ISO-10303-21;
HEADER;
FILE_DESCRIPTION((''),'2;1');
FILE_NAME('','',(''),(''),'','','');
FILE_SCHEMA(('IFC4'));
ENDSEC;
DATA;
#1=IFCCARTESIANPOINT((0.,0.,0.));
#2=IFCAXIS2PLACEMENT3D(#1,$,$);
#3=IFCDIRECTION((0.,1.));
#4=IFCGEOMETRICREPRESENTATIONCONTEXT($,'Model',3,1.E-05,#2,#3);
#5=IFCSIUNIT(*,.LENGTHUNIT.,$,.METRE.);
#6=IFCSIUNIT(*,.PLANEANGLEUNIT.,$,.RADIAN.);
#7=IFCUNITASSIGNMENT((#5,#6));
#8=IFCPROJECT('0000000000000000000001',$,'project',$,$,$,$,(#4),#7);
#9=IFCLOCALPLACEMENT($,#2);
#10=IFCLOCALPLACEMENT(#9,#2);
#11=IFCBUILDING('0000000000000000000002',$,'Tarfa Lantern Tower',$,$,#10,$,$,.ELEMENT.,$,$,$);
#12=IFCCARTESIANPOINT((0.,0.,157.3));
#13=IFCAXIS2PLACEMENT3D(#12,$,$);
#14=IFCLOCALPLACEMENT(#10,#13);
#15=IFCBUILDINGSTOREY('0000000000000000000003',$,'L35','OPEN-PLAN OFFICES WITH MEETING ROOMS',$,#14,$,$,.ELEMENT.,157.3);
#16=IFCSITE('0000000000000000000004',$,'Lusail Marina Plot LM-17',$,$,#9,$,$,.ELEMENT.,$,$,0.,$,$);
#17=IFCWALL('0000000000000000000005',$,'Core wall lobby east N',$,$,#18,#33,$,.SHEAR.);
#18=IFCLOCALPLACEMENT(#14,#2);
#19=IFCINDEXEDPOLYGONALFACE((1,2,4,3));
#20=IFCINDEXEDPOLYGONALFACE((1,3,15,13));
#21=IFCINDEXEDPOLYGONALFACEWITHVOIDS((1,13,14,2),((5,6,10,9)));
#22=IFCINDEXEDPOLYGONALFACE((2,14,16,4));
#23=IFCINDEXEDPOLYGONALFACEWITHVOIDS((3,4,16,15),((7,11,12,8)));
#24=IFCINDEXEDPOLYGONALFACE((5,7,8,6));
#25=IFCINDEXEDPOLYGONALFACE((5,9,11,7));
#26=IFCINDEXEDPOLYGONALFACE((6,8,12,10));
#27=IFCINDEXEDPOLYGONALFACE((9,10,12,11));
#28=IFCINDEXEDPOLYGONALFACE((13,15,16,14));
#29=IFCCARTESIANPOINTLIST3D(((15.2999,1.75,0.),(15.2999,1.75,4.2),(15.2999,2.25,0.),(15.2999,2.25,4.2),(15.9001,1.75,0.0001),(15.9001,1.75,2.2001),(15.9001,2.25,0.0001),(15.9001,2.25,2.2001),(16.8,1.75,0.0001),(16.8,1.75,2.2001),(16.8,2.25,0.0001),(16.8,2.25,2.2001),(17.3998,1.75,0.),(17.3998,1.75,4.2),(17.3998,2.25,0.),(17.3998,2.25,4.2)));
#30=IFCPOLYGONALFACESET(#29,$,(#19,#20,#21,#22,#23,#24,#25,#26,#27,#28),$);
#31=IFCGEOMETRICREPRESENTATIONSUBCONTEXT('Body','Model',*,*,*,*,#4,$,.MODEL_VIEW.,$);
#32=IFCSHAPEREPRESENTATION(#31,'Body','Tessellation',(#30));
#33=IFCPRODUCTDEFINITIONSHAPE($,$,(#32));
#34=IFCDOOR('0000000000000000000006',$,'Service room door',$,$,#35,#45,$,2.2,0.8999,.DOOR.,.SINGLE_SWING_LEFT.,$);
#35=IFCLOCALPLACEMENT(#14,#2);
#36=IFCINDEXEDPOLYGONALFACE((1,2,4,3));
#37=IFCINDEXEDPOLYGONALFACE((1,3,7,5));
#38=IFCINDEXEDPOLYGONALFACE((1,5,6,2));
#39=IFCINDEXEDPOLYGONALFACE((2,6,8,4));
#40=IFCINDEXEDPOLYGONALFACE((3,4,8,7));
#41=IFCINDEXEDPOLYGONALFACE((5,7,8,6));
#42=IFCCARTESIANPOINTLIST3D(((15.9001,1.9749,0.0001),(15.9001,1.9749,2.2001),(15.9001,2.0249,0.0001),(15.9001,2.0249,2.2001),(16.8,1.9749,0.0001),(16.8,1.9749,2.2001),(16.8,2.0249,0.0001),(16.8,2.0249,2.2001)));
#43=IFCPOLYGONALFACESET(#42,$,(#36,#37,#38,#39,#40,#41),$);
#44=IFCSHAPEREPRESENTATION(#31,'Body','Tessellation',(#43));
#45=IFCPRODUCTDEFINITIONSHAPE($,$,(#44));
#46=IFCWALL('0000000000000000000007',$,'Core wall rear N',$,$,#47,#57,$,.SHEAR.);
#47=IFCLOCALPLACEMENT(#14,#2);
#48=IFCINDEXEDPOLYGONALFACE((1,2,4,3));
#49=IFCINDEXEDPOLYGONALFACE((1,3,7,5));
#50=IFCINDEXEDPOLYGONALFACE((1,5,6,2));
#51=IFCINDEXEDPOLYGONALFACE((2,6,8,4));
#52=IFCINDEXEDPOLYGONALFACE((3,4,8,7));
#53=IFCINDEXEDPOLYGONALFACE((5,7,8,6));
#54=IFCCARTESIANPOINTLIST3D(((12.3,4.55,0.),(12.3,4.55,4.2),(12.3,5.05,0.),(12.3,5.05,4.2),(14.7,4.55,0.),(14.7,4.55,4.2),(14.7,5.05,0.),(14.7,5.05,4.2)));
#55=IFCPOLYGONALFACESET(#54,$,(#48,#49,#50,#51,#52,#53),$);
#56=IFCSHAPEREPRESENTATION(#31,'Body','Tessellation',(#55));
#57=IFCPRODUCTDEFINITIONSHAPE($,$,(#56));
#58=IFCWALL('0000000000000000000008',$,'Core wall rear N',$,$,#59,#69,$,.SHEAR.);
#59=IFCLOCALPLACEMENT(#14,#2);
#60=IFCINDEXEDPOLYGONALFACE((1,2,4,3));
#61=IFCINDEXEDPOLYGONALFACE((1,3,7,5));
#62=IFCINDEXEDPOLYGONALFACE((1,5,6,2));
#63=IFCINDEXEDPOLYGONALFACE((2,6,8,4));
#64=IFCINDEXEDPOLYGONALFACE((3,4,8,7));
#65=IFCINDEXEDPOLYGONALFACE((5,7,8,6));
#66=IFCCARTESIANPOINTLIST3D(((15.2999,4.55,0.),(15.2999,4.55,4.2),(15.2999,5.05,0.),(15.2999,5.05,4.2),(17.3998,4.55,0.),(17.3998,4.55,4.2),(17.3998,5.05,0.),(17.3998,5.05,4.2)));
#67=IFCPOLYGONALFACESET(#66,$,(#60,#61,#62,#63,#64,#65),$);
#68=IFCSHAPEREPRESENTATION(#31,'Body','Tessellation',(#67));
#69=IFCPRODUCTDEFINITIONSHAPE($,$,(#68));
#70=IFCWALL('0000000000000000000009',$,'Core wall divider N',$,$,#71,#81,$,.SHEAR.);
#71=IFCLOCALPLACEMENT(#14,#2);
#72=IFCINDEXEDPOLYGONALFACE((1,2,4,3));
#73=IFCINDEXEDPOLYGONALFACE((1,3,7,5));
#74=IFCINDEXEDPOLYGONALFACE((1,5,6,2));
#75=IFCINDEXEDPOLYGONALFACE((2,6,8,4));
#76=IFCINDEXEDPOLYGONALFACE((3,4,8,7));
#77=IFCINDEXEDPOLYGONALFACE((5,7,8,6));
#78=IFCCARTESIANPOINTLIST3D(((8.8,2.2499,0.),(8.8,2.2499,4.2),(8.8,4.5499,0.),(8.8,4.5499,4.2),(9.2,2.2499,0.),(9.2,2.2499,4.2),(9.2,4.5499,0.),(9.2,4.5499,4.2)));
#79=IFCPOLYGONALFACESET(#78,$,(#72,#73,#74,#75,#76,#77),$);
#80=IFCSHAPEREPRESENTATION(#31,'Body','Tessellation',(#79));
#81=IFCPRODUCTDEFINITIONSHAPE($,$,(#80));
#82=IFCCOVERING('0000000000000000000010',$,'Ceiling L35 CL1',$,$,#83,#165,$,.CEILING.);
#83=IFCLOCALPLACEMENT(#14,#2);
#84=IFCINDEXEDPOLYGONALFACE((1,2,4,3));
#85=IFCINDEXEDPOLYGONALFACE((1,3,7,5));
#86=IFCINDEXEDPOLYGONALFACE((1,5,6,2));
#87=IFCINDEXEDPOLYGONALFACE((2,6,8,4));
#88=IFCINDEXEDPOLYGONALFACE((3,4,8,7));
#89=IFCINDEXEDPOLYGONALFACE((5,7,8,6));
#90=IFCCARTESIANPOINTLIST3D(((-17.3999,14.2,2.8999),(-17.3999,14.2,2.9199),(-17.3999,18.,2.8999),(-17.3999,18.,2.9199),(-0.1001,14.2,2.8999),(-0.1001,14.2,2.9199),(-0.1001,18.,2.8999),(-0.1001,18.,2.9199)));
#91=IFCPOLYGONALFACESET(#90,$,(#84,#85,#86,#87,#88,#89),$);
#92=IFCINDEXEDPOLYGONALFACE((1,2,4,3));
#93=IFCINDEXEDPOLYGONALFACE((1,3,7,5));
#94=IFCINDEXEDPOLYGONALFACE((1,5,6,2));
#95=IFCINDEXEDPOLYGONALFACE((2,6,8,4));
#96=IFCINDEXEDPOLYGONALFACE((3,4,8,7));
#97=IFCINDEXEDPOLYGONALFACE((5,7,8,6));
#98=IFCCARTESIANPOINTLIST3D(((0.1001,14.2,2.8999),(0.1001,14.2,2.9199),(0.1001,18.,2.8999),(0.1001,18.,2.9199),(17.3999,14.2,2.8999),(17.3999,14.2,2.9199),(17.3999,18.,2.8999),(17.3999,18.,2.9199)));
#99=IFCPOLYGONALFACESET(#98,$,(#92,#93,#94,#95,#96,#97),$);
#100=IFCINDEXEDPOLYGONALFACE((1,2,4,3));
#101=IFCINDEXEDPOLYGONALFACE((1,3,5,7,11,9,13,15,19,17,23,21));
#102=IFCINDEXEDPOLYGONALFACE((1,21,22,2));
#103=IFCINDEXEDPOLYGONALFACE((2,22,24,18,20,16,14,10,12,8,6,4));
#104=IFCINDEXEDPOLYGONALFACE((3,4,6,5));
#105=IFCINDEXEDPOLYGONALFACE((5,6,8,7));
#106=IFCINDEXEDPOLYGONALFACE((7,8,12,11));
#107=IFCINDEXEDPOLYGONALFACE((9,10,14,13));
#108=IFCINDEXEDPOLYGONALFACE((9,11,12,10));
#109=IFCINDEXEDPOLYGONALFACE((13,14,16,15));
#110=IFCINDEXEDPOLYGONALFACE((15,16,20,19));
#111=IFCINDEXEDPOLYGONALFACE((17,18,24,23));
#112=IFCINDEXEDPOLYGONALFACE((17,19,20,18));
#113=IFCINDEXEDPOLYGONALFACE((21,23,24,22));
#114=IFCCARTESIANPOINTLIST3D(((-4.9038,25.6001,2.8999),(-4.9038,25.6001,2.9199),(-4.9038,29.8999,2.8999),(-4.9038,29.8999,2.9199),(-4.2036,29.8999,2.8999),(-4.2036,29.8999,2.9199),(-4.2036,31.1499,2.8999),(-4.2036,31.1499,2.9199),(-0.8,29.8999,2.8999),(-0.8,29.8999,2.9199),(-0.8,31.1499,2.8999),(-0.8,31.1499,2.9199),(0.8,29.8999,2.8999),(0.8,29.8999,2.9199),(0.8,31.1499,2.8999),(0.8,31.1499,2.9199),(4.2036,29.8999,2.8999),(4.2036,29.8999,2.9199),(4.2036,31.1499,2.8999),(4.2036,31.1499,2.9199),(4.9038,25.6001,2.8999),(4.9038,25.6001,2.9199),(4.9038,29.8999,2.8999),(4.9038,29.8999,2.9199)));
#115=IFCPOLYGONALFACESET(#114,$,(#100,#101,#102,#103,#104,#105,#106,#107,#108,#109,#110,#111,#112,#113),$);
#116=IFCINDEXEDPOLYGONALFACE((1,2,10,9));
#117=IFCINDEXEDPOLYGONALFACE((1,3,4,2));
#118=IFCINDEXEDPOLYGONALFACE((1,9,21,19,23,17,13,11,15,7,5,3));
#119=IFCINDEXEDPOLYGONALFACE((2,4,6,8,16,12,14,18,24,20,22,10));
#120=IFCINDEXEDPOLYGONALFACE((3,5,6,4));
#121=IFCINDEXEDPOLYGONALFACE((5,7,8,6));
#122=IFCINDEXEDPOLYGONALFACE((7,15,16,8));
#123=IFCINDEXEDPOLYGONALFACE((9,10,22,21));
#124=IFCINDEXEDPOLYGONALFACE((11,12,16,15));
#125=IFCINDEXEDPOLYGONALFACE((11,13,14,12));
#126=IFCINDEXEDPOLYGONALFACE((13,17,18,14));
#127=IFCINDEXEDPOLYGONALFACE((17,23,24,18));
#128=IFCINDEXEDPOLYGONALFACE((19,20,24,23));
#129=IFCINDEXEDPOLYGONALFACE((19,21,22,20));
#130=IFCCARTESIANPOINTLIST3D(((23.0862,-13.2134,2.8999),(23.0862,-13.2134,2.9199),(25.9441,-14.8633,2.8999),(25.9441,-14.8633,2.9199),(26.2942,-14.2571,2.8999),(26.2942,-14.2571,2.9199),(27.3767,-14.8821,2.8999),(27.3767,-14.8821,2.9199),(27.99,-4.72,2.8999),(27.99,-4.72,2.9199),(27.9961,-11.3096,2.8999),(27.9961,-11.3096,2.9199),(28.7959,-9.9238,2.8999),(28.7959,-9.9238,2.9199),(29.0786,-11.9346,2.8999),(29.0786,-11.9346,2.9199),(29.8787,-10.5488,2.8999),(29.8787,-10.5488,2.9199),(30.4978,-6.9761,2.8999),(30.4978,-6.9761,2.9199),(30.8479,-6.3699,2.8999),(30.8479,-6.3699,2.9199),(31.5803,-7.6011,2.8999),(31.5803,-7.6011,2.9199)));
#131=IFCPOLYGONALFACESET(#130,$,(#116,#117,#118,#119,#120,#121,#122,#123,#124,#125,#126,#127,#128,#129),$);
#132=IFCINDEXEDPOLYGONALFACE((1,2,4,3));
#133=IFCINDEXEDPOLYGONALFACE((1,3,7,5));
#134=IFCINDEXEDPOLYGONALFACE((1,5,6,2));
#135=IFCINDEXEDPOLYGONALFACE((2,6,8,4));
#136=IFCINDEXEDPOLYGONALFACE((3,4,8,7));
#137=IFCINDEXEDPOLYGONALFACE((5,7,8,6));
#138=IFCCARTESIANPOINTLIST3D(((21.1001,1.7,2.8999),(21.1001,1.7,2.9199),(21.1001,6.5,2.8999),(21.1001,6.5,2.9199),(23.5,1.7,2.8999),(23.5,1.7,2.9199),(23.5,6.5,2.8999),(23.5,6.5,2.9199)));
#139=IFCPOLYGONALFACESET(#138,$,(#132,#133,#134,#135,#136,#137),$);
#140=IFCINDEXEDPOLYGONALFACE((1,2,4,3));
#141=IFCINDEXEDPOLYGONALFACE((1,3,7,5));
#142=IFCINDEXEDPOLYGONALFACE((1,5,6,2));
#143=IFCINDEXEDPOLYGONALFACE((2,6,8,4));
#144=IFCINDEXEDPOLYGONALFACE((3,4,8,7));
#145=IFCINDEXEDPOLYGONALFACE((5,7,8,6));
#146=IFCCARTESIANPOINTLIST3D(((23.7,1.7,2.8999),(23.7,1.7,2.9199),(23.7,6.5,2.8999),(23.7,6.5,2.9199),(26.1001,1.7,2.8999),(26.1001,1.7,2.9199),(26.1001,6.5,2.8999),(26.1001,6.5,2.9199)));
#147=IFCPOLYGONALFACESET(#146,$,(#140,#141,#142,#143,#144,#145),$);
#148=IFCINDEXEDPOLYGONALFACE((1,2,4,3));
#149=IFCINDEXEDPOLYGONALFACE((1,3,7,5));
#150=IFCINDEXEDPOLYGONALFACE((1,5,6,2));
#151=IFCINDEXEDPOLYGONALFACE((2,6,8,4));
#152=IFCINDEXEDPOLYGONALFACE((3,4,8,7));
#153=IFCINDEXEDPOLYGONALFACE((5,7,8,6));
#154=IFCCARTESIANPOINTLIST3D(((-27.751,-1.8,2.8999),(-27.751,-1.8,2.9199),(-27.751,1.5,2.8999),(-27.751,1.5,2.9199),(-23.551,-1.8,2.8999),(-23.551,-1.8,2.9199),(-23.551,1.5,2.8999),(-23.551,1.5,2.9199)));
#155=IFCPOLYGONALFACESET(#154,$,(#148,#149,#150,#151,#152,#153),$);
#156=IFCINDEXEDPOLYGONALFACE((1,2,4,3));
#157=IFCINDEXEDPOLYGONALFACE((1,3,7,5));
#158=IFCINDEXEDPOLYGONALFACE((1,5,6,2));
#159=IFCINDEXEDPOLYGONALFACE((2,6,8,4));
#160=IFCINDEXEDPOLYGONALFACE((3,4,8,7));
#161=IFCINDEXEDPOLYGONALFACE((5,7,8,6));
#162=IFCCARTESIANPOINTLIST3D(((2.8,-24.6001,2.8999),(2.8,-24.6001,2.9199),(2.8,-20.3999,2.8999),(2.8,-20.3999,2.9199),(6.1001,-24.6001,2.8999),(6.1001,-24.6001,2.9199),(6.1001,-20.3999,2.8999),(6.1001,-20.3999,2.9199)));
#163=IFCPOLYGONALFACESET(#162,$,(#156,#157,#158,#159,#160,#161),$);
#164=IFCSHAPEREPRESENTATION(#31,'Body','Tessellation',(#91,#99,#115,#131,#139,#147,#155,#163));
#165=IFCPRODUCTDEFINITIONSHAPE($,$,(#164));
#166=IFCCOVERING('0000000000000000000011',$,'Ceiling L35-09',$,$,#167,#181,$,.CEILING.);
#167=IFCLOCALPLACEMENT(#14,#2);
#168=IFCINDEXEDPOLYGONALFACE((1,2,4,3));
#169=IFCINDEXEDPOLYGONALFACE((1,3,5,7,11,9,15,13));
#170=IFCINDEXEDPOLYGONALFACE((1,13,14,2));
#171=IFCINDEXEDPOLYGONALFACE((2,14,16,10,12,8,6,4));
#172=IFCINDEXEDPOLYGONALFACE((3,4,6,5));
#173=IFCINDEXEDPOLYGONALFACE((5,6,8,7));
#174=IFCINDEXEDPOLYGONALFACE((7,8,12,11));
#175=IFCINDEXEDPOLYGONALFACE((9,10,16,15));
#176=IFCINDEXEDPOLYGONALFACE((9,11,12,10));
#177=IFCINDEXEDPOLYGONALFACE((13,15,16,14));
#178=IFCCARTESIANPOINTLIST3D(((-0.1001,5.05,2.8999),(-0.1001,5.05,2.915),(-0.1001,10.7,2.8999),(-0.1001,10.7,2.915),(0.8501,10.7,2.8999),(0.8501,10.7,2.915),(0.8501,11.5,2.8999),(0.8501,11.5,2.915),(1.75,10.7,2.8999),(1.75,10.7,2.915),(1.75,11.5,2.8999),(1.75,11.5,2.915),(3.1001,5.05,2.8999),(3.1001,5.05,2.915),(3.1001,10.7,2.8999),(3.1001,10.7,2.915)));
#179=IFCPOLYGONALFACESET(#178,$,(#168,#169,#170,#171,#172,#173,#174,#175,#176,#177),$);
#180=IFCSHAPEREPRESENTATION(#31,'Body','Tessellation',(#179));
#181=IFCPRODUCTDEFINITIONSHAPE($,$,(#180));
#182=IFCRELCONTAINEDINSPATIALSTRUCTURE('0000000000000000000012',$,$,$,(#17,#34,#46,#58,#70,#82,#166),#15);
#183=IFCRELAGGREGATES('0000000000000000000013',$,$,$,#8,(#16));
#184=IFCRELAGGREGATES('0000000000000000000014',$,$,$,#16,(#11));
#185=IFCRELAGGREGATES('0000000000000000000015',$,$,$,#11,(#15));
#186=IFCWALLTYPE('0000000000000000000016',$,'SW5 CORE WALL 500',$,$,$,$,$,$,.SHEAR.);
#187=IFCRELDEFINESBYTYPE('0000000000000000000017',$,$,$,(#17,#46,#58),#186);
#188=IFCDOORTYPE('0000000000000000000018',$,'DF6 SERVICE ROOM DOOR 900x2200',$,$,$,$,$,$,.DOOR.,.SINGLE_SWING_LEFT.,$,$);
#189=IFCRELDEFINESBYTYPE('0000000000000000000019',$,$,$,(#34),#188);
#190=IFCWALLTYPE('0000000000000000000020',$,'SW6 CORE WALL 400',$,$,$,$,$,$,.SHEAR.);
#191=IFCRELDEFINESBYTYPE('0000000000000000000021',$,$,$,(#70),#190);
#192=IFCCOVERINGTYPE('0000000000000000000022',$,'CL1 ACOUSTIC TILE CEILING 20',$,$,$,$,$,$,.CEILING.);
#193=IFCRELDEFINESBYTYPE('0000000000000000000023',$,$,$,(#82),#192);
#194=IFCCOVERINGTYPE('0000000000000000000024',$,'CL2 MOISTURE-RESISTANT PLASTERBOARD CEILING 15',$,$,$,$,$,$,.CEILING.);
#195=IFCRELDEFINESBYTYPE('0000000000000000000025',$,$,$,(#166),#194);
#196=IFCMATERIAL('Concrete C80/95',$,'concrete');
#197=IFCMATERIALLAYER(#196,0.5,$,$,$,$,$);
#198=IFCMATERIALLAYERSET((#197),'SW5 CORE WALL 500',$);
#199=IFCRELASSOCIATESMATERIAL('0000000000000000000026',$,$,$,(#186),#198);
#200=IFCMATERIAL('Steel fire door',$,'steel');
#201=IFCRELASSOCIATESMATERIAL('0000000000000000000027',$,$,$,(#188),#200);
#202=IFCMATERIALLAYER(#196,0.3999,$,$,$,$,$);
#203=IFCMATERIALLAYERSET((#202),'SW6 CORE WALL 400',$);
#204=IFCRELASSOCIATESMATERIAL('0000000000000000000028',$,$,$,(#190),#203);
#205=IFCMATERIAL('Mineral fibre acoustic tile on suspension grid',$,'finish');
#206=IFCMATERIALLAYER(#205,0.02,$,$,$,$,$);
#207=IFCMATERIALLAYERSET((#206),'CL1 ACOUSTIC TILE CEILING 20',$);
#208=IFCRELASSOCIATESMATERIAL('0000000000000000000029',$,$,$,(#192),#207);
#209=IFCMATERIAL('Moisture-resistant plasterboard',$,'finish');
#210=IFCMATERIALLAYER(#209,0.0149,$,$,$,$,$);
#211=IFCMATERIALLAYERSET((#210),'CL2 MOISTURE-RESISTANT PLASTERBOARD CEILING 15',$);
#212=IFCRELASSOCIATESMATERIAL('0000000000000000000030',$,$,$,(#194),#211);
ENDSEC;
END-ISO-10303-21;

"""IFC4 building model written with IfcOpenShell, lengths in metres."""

from ifc_helpers import new_model, si_unit, direction, frame, frame_2d, origin, place, context, subcontext, project, spatial, polyline, rectangle, outline, extrude, material, layer, layer_set, type_object, element, fill, save


model = new_model("IFC4")

# Units and contexts
model_context = context("Model", 3, precision=1e-05, world=origin(), true_north=direction((0.0, 1.0)))
body_context = subcontext(model_context, "Body", "Model", "MODEL_VIEW")
ifc_project = project(units=[si_unit("LENGTHUNIT", "METRE"), si_unit("PLANEANGLEUNIT", "RADIAN")], contexts=[model_context])

# Site, building, storey
site_placement = place(None, origin())
site = spatial("IfcSite", under=ifc_project, at=site_placement, Name="Lusail Marina Plot LM-17", CompositionType="ELEMENT", RefElevation=0.0)
building_placement = place(site_placement, origin())
building = spatial("IfcBuilding", under=site, at=building_placement, Name="Tarfa Lantern Tower", CompositionType="ELEMENT")
storey_placement = place(building_placement, frame((0.0, 0.0, 157.3)))
storey = spatial("IfcBuildingStorey", under=building, at=storey_placement, Name="L35", Description="OPEN-PLAN OFFICES WITH MEETING ROOMS", CompositionType="ELEMENT", Elevation=157.3)

# Shared definitions
ifc_material_1 = material(Name="Concrete C80/95", Category="concrete")
ifc_layer_1 = layer(ifc_material_1, 0.5)
ifc_layer_set_1 = layer_set([ifc_layer_1], Name="SW5 CORE WALL 500")
wall_type_1 = type_object("IfcWallType", Name="SW5 CORE WALL 500", PredefinedType="SHEAR", material=ifc_layer_set_1)

# Wall, opening, door
wall_1_placement = place(storey_placement, frame((15.3, 2.0, 0.0), z_axis=(0.0, 0.0, 1.0), x_axis=(1.0, 0.0, 0.0)))
wall_1 = element("IfcWall", 1, at=wall_1_placement, inside=storey, type_object=wall_type_1, Name="Core wall lobby east N", PredefinedType="SHEAR", context=body_context, shape_type="SweptSolid", body=[
    extrude(rectangle(XDim=2.0999, YDim=0.5, at=frame_2d((1.0498, 0.0))), origin(), (0.0, 0.0, 1.0), 4.2),
])
opening_1_placement = place(wall_1_placement, frame((0.6001, 0.0, 0.0)))
opening_1 = element("IfcOpeningElement", 2, at=opening_1_placement, cuts=wall_1, PredefinedType="OPENING", context=body_context, shape_type="SweptSolid", body=[
    extrude(rectangle(XDim=0.8999, YDim=2.2, at=frame_2d((0.45, 1.1001))), frame((0.0, 0.26, 0.0), z_axis=(0.0, -1.0, 0.0), x_axis=(1.0, 0.0, 0.0)), (0.0, 0.0, 1.0), 0.52),
])
ifc_material_2 = material(Name="Steel fire door", Category="steel")
door_type_1 = type_object("IfcDoorType", Name="DF6 SERVICE ROOM DOOR 900x2200", OperationType="SINGLE_SWING_LEFT", PredefinedType="DOOR", material=ifc_material_2)
door_1_placement = place(opening_1_placement, origin())
door_1 = element("IfcDoor", 3, at=door_1_placement, inside=storey, type_object=door_type_1, Name="Service room door", OperationType="SINGLE_SWING_LEFT", OverallHeight=2.2, OverallWidth=0.8999, PredefinedType="DOOR", context=body_context, shape_type="SweptSolid", body=[
    extrude(rectangle(XDim=0.8999, YDim=2.2, at=frame_2d((0.45, 1.1001))), frame((0.0, 0.0249, 0.0), z_axis=(0.0, -1.0, 0.0), x_axis=(1.0, 0.0, 0.0)), (0.0, 0.0, 1.0), 0.05),
])
fill(opening_1, door_1)

# Walls
wall_2_placement = place(storey_placement, frame((12.3, 4.8, 0.0), z_axis=(0.0, 0.0, 1.0), x_axis=(1.0, 0.0, 0.0)))
element("IfcWall", 4, at=wall_2_placement, inside=storey, type_object=wall_type_1, Name="Core wall rear N", PredefinedType="SHEAR", context=body_context, shape_type="SweptSolid", body=[
    extrude(rectangle(XDim=2.3999, YDim=0.5, at=frame_2d((1.2, 0.0))), origin(), (0.0, 0.0, 1.0), 4.2),
])
wall_3_placement = place(storey_placement, frame((15.3, 4.8, 0.0), z_axis=(0.0, 0.0, 1.0), x_axis=(1.0, 0.0, 0.0)))
element("IfcWall", 5, at=wall_3_placement, inside=storey, type_object=wall_type_1, Name="Core wall rear N", PredefinedType="SHEAR", context=body_context, shape_type="SweptSolid", body=[
    extrude(rectangle(XDim=2.0999, YDim=0.5, at=frame_2d((1.0498, 0.0))), origin(), (0.0, 0.0, 1.0), 4.2),
])
ifc_layer_2 = layer(ifc_material_1, 0.3999)
ifc_layer_set_2 = layer_set([ifc_layer_2], Name="SW6 CORE WALL 400")
wall_type_2 = type_object("IfcWallType", Name="SW6 CORE WALL 400", PredefinedType="SHEAR", material=ifc_layer_set_2)
wall_4_placement = place(storey_placement, frame((9.0, 2.25, 0.0), z_axis=(0.0, 0.0, 1.0), x_axis=(0.0, 1.0, 0.0)))
element("IfcWall", 6, at=wall_4_placement, inside=storey, type_object=wall_type_2, Name="Core wall divider N", PredefinedType="SHEAR", context=body_context, shape_type="SweptSolid", body=[
    extrude(rectangle(XDim=2.3, YDim=0.3999, at=frame_2d((1.1499, 0.0))), origin(), (0.0, 0.0, 1.0), 4.2),
])

# Coverings
ifc_material_3 = material(Name="Mineral fibre acoustic tile on suspension grid", Category="finish")
ifc_layer_3 = layer(ifc_material_3, 0.02)
ifc_layer_set_3 = layer_set([ifc_layer_3], Name="CL1 ACOUSTIC TILE CEILING 20")
covering_type_1 = type_object("IfcCoveringType", Name="CL1 ACOUSTIC TILE CEILING 20", PredefinedType="CEILING", material=ifc_layer_set_3)
covering_1_placement = place(storey_placement, frame((0.0, 0.0, 2.8999)))
element("IfcCovering", 7, at=covering_1_placement, inside=storey, type_object=covering_type_1, Name="Ceiling L35 CL1", PredefinedType="CEILING", context=body_context, shape_type="SweptSolid", body=[
    extrude(outline(polyline([(-17.3999, 18.0), (-0.1001, 18.0), (-0.1001, 14.2), (-17.3999, 14.2), (-17.3999, 18.0)])), origin(), (0.0, 0.0, 1.0), 0.02),
    extrude(outline(polyline([(0.1001, 18.0), (17.3999, 18.0), (17.3999, 14.2), (0.1001, 14.2), (0.1001, 18.0)])), origin(), (0.0, 0.0, 1.0), 0.02),
    extrude(outline(polyline([(4.9038, 25.6001), (-4.9038, 25.6001), (-4.9038, 29.8999), (-4.2036, 29.8999), (-4.2036, 31.1499), (-0.8, 31.1499), (-0.8, 29.8999), (0.8, 29.8999), (0.8, 31.1499), (4.2036, 31.1499), (4.2036, 29.8999), (4.9038, 29.8999), (4.9038, 25.6001)])), origin(), (0.0, 0.0, 1.0), 0.02),
    extrude(outline(polyline([(27.99, -4.72), (30.8479, -6.3699), (30.4978, -6.9761), (31.5803, -7.6011), (29.8787, -10.5488), (28.7959, -9.9238), (27.9961, -11.3096), (29.0786, -11.9346), (27.3767, -14.8821), (26.2942, -14.2571), (25.9441, -14.8633), (23.0862, -13.2134), (27.99, -4.72)])), origin(), (0.0, 0.0, 1.0), 0.02),
    extrude(outline(polyline([(21.1001, 6.5), (23.5, 6.5), (23.5, 1.7), (21.1001, 1.7), (21.1001, 6.5)])), origin(), (0.0, 0.0, 1.0), 0.02),
    extrude(outline(polyline([(23.7, 6.5), (26.1001, 6.5), (26.1001, 1.7), (23.7, 1.7), (23.7, 6.5)])), origin(), (0.0, 0.0, 1.0), 0.02),
    extrude(outline(polyline([(-27.751, -1.8), (-27.751, 1.5), (-23.551, 1.5), (-23.551, -1.8), (-27.751, -1.8)])), origin(), (0.0, 0.0, 1.0), 0.02),
    extrude(outline(polyline([(6.1001, -24.6001), (2.8, -24.6001), (2.8, -20.3999), (6.1001, -20.3999), (6.1001, -24.6001)])), origin(), (0.0, 0.0, 1.0), 0.02),
])
ifc_material_4 = material(Name="Moisture-resistant plasterboard", Category="finish")
ifc_layer_4 = layer(ifc_material_4, 0.0149)
ifc_layer_set_4 = layer_set([ifc_layer_4], Name="CL2 MOISTURE-RESISTANT PLASTERBOARD CEILING 15")
covering_type_2 = type_object("IfcCoveringType", Name="CL2 MOISTURE-RESISTANT PLASTERBOARD CEILING 15", PredefinedType="CEILING", material=ifc_layer_set_4)
covering_2_placement = place(storey_placement, frame((0.0, 0.0, 2.8999)))
element("IfcCovering", 8, at=covering_2_placement, inside=storey, type_object=covering_type_2, Name="Ceiling L35-09", PredefinedType="CEILING", context=body_context, shape_type="SweptSolid", body=[
    extrude(outline(polyline([(0.8501, 10.7), (-0.1001, 10.7), (-0.1001, 5.05), (3.1001, 5.05), (3.1001, 10.7), (1.75, 10.7), (1.75, 11.5), (0.8501, 11.5), (0.8501, 10.7)])), origin(), (0.0, 0.0, 1.0), 0.0151),
])

save(model, "model.ifc")
